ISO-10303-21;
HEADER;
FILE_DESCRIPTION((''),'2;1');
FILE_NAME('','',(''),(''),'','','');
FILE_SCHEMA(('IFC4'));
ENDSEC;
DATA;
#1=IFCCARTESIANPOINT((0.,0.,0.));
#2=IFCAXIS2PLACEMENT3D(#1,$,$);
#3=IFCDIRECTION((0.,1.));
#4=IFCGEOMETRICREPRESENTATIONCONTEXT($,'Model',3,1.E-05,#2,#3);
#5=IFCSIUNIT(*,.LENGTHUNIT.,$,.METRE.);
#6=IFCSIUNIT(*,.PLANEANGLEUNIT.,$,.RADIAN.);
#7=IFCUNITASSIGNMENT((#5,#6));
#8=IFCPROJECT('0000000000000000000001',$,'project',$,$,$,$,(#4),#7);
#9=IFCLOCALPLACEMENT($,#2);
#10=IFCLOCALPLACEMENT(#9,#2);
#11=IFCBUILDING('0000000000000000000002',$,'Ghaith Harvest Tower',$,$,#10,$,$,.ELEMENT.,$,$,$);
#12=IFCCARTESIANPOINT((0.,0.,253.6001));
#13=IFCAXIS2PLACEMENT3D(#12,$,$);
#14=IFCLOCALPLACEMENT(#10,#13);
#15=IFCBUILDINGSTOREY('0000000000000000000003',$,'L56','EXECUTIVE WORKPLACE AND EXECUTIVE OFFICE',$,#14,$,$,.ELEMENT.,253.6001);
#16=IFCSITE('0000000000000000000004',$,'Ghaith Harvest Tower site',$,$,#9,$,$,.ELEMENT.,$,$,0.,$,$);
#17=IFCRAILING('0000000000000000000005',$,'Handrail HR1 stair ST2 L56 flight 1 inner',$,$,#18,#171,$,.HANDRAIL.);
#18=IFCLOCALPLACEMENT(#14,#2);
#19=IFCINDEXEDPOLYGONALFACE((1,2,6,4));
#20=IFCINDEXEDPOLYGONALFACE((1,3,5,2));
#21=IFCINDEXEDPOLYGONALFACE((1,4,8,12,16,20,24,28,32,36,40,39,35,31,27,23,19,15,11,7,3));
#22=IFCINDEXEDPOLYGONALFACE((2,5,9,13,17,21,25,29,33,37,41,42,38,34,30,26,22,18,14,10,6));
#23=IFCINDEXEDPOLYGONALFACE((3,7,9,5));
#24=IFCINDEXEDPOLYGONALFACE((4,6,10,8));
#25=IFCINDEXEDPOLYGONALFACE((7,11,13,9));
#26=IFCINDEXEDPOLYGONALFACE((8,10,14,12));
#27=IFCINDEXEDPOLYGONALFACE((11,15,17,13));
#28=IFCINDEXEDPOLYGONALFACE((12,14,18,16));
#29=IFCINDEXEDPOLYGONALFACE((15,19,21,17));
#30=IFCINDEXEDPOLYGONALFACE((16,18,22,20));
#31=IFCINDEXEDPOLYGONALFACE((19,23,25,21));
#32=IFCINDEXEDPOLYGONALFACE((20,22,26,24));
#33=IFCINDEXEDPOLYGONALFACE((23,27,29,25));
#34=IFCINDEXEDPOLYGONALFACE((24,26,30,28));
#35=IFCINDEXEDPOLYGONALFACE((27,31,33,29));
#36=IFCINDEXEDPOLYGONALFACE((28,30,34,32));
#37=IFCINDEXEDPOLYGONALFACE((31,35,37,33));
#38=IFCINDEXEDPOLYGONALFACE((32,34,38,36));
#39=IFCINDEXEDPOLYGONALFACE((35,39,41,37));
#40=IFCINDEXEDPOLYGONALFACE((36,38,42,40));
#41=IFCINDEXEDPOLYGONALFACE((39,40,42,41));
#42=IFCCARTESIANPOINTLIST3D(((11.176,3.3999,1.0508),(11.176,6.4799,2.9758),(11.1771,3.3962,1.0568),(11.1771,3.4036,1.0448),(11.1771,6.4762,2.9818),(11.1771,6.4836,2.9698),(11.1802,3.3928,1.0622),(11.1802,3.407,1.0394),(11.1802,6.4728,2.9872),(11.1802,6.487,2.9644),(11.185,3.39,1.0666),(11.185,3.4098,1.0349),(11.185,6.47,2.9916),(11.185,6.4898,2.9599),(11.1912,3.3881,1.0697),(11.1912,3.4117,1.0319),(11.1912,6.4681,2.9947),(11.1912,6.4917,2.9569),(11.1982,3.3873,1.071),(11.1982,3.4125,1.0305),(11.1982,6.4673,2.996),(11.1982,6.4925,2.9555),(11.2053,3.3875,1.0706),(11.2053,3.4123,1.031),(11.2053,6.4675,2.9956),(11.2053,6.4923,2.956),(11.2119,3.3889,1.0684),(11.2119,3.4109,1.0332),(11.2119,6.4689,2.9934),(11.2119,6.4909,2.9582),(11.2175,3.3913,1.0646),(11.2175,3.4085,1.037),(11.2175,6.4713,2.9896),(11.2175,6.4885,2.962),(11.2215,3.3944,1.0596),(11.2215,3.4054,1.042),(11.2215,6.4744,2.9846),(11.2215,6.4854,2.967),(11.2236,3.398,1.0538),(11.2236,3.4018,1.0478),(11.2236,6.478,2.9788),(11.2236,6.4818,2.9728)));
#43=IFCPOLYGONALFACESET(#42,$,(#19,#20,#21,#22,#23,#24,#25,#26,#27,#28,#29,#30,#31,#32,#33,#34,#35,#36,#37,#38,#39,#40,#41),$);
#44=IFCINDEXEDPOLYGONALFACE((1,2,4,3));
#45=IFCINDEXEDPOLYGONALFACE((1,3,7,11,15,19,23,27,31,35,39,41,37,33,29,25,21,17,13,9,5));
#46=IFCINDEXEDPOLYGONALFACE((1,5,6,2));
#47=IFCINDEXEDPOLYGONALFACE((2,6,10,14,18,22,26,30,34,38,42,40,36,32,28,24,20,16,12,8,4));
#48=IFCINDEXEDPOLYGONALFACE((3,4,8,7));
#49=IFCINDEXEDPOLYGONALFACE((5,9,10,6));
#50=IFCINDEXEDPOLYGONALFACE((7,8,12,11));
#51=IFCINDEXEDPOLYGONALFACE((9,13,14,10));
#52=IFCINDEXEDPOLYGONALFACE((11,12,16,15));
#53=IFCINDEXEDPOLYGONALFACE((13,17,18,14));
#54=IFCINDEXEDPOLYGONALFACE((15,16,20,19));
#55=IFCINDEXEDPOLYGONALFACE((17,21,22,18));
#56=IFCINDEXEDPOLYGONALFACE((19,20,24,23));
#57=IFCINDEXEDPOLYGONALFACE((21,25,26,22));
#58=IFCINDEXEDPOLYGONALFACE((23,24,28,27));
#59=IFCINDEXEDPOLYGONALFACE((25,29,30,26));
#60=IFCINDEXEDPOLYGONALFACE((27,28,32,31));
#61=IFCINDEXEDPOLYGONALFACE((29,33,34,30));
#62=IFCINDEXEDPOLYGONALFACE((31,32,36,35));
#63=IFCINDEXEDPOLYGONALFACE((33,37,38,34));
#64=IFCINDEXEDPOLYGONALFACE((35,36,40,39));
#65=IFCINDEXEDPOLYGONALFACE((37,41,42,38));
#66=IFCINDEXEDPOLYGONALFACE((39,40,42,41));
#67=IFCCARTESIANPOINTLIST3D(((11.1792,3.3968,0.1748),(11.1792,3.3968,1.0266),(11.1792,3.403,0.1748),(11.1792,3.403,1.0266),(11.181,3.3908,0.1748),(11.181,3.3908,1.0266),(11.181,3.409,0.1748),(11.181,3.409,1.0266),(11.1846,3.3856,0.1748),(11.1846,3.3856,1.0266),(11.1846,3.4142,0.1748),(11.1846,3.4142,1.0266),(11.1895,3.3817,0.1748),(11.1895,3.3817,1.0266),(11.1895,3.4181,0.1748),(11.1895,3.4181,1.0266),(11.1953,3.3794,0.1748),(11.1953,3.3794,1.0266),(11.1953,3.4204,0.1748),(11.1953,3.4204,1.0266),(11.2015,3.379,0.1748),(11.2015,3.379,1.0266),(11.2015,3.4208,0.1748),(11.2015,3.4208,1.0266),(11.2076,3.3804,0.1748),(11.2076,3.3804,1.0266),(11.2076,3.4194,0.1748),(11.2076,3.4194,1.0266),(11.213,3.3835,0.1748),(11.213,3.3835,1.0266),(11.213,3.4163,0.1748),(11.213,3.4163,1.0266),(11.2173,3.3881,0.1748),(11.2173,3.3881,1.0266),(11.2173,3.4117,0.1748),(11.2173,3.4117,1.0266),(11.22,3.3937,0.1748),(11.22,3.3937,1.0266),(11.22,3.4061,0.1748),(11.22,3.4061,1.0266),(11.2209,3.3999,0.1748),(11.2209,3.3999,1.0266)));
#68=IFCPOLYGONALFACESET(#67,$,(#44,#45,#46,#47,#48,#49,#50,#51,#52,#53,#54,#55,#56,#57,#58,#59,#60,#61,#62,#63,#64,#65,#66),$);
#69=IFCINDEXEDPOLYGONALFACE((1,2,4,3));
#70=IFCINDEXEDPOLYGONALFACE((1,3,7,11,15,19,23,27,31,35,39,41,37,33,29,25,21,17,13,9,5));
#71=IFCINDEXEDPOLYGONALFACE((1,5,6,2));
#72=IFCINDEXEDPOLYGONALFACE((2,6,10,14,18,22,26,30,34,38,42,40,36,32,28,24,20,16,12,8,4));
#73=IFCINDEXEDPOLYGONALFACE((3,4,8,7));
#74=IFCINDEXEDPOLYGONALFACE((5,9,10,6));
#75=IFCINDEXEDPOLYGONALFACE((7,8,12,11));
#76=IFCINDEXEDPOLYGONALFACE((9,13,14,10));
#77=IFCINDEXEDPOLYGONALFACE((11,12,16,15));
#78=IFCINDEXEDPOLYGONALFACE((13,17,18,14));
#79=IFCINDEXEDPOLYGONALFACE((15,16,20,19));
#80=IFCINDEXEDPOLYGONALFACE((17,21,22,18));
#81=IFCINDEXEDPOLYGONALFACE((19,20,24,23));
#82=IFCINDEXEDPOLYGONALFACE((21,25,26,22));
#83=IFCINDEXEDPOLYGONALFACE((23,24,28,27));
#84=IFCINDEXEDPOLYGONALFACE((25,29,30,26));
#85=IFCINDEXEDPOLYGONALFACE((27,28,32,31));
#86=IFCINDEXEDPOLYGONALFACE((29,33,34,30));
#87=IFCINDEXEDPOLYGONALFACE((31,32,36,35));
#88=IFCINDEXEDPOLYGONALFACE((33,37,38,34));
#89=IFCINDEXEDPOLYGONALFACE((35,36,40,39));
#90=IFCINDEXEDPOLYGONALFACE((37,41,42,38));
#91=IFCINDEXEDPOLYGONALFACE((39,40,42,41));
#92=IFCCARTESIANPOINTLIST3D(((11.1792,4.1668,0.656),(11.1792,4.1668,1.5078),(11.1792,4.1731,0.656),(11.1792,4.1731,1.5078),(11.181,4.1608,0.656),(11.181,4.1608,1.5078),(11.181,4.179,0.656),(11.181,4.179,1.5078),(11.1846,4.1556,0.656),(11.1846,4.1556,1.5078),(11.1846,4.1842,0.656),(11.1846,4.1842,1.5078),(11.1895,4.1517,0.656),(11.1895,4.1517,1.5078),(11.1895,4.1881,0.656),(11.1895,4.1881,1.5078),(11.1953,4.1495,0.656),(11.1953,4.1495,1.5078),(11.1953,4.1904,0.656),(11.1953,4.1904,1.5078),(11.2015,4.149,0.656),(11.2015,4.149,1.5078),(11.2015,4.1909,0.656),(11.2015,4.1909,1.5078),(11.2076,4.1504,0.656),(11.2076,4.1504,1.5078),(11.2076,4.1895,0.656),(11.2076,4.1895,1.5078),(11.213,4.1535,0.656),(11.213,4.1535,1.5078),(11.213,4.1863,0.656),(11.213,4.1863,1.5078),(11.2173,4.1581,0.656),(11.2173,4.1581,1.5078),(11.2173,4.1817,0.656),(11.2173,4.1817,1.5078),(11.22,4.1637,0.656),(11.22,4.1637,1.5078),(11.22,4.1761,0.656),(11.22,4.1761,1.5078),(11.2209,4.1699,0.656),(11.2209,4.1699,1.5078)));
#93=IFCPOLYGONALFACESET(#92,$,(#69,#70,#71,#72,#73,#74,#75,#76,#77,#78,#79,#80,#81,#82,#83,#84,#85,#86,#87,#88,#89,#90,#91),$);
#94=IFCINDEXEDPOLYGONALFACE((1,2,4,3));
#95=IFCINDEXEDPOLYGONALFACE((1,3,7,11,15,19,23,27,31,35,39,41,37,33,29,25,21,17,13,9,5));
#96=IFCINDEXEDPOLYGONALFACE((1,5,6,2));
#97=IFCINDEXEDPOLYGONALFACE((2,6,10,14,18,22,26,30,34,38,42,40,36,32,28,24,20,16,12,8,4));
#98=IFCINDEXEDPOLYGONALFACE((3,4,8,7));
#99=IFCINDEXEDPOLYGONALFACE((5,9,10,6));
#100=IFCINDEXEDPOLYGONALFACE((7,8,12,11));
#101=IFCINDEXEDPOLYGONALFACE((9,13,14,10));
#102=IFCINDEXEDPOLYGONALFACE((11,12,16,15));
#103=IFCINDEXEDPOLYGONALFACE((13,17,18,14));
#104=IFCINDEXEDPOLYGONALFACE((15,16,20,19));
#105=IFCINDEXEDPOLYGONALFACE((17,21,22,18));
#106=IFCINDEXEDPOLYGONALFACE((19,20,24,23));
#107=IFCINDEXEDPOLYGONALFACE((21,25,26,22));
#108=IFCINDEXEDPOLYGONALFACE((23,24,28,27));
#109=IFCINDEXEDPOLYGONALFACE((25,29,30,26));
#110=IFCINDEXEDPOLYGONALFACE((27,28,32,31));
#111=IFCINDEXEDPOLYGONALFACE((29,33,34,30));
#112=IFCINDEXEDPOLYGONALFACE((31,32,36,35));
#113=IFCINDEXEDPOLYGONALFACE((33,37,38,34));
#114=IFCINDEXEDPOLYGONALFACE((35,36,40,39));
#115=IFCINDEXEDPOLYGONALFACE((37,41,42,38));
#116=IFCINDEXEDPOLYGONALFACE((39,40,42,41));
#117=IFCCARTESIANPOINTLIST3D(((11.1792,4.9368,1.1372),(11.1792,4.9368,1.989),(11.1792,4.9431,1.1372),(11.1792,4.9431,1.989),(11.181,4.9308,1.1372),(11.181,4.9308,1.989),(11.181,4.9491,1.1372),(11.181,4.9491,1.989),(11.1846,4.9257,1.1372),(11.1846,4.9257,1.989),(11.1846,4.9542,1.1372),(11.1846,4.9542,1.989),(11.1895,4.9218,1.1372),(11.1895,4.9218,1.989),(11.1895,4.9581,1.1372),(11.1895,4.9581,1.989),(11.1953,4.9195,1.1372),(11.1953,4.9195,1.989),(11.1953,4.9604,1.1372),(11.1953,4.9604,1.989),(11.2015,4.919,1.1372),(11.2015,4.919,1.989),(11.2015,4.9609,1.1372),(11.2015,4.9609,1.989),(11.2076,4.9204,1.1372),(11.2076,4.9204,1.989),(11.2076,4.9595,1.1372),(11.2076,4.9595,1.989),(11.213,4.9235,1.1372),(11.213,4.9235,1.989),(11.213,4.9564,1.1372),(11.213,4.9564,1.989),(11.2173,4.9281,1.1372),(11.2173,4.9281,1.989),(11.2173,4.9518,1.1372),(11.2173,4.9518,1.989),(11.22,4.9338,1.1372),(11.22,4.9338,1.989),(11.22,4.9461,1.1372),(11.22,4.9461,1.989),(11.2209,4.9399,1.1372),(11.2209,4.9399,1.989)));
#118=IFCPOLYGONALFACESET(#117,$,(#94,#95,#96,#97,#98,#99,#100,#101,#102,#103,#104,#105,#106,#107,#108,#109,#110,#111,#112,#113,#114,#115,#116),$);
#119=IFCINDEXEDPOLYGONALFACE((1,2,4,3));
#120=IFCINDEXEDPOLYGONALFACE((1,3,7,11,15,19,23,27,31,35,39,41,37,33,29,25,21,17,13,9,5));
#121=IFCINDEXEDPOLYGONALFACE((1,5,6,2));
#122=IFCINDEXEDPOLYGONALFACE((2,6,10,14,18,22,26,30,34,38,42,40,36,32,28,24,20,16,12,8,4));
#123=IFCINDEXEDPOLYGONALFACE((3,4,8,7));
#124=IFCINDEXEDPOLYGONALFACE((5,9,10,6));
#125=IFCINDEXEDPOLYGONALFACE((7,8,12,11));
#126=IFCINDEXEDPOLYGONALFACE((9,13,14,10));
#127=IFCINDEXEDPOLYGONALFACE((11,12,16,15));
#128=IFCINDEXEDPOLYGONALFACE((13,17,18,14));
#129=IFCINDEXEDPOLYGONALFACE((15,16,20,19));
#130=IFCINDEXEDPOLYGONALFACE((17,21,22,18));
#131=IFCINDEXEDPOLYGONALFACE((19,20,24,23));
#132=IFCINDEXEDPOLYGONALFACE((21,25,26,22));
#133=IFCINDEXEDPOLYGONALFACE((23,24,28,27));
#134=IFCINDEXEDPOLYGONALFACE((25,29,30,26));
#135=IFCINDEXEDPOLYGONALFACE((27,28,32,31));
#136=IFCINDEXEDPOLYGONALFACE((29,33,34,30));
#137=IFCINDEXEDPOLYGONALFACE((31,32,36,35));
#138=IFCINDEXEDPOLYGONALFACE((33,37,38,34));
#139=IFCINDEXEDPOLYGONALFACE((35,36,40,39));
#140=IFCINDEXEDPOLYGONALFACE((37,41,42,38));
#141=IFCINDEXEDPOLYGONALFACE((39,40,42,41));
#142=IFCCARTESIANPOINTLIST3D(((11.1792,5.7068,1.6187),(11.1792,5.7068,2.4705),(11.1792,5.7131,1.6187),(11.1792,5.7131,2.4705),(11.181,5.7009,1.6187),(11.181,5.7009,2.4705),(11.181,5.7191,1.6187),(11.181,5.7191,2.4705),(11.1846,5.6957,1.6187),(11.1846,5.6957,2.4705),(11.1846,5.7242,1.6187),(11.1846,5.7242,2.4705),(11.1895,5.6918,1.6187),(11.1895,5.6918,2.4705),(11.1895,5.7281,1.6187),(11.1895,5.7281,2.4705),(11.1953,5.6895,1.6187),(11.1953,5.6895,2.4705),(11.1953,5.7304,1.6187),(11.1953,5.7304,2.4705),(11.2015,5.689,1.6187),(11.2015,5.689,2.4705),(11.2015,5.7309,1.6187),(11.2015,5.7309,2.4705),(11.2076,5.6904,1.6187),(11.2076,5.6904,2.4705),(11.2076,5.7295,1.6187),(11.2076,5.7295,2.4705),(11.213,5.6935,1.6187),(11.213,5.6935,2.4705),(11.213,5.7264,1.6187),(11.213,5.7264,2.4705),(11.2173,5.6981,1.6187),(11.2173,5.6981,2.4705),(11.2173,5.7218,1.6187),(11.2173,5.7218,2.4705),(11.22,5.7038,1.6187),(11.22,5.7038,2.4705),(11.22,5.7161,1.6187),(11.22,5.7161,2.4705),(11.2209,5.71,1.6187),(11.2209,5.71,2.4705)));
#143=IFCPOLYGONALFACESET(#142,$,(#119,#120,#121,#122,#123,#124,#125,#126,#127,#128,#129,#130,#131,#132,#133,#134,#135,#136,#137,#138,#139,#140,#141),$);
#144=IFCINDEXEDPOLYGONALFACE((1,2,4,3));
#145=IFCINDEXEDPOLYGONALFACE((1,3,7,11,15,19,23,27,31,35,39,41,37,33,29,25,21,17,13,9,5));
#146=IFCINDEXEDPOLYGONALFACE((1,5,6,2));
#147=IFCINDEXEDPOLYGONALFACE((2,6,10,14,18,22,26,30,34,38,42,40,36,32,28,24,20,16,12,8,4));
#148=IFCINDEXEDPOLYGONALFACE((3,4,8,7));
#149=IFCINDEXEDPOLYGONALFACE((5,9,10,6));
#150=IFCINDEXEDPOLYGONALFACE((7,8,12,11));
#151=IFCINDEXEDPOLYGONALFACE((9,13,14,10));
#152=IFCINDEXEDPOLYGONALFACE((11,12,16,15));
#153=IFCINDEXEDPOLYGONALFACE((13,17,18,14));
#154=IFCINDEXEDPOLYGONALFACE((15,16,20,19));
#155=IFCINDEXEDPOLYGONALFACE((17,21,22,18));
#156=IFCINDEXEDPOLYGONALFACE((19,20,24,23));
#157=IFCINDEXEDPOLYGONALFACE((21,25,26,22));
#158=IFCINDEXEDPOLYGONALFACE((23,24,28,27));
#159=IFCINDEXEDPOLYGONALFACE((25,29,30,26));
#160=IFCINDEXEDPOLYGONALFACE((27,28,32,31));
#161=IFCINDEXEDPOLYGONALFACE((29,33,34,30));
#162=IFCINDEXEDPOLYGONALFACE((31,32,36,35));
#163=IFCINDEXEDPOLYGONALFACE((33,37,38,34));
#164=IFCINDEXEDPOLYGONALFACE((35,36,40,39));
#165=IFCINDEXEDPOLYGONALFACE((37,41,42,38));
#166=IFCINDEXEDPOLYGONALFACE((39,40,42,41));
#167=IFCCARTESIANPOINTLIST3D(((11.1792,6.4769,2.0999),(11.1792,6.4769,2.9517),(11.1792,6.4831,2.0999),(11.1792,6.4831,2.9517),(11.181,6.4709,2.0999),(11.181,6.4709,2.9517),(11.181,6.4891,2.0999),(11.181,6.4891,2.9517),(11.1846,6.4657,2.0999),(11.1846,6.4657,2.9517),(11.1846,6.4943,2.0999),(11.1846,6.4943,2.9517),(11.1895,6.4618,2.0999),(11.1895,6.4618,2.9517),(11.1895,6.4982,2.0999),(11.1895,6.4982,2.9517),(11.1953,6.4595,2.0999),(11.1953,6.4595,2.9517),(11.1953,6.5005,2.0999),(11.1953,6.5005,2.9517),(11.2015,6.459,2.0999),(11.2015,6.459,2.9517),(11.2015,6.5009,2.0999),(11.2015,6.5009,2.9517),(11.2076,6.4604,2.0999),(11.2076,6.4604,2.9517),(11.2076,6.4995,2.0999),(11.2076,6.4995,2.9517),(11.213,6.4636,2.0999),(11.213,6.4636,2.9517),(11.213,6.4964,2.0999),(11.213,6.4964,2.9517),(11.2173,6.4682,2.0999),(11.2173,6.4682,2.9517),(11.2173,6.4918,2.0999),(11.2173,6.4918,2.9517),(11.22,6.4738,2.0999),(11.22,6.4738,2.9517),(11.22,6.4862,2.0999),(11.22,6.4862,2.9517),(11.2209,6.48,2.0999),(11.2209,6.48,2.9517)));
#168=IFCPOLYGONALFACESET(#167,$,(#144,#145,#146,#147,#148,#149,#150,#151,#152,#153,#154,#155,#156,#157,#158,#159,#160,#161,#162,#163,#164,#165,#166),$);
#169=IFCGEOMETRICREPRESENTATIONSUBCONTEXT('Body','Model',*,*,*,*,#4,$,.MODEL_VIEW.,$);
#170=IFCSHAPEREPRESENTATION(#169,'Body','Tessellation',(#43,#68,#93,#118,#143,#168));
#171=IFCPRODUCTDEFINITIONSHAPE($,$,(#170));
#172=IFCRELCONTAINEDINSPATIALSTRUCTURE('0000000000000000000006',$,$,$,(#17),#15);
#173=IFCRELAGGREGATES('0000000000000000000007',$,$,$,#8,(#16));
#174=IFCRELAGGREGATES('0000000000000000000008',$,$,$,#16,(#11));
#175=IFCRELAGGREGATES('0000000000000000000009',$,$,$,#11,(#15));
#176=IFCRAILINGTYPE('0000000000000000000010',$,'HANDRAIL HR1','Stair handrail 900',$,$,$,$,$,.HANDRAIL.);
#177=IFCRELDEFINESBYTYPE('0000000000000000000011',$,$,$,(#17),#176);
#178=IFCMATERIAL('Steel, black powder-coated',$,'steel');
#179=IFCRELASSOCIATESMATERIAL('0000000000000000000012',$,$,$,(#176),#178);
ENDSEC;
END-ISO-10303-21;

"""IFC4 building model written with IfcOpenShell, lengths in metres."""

from ifc_helpers import new_model, si_unit, direction, frame, origin, origin_2d, place, context, subcontext, project, spatial, circle, extrude, material, type_object, element, save


model = new_model("IFC4")

# Units and contexts
model_context = context("Model", 3, precision=1e-05, world=origin(), true_north=direction((0.0, 1.0)))
body_context = subcontext(model_context, "Body", "Model", "MODEL_VIEW")
ifc_project = project(units=[si_unit("LENGTHUNIT", "METRE"), si_unit("PLANEANGLEUNIT", "RADIAN")], contexts=[model_context])

# Site, building, storey
site_placement = place(None, origin())
site = spatial("IfcSite", under=ifc_project, at=site_placement, Name="Ghaith Harvest Tower site", CompositionType="ELEMENT", RefElevation=0.0)
building_placement = place(site_placement, origin())
building = spatial("IfcBuilding", under=site, at=building_placement, Name="Ghaith Harvest Tower", CompositionType="ELEMENT")
storey_placement = place(building_placement, frame((0.0, 0.0, 253.6001)))
storey = spatial("IfcBuildingStorey", under=building, at=storey_placement, Name="L56", Description="EXECUTIVE WORKPLACE AND EXECUTIVE OFFICE", CompositionType="ELEMENT", Elevation=253.6001)

# Railing
ifc_material_1 = material(Name="Steel, black powder-coated", Category="steel")
railing_type = type_object("IfcRailingType", Name="HANDRAIL HR1", Description="Stair handrail 900", PredefinedType="HANDRAIL", material=ifc_material_1)
railing_1_placement = place(storey_placement, frame((11.2, 3.3999, 0.1748)))
element("IfcRailing", 1, at=railing_1_placement, inside=storey, type_object=railing_type, Name="Handrail HR1 stair ST2 L56 flight 1 inner", PredefinedType="HANDRAIL", context=body_context, shape_type="SweptSolid", body=[
    extrude(circle(Radius=0.0239, at=origin_2d()), frame((0.0, 0.0, 0.876), z_axis=(0.0, 0.847998, 0.529999), x_axis=(-1.0, 0.0, 0.0)), (0.0, 0.0, 1.0), 3.6321),
    extrude(circle(Radius=0.021, at=origin_2d()), origin(), (0.0, 0.0, 1.0), 0.8518),
    extrude(circle(Radius=0.021, at=origin_2d()), frame((0.0, 0.77, 0.4812)), (0.0, 0.0, 1.0), 0.8518),
    extrude(circle(Radius=0.021, at=origin_2d()), frame((0.0, 1.54, 0.9624)), (0.0, 0.0, 1.0), 0.8518),
    extrude(circle(Radius=0.021, at=origin_2d()), frame((0.0, 2.3101, 1.4438)), (0.0, 0.0, 1.0), 0.8518),
    extrude(circle(Radius=0.021, at=origin_2d()), frame((0.0, 3.0801, 1.925)), (0.0, 0.0, 1.0), 0.8518),
])

save(model, "model.ifc")
